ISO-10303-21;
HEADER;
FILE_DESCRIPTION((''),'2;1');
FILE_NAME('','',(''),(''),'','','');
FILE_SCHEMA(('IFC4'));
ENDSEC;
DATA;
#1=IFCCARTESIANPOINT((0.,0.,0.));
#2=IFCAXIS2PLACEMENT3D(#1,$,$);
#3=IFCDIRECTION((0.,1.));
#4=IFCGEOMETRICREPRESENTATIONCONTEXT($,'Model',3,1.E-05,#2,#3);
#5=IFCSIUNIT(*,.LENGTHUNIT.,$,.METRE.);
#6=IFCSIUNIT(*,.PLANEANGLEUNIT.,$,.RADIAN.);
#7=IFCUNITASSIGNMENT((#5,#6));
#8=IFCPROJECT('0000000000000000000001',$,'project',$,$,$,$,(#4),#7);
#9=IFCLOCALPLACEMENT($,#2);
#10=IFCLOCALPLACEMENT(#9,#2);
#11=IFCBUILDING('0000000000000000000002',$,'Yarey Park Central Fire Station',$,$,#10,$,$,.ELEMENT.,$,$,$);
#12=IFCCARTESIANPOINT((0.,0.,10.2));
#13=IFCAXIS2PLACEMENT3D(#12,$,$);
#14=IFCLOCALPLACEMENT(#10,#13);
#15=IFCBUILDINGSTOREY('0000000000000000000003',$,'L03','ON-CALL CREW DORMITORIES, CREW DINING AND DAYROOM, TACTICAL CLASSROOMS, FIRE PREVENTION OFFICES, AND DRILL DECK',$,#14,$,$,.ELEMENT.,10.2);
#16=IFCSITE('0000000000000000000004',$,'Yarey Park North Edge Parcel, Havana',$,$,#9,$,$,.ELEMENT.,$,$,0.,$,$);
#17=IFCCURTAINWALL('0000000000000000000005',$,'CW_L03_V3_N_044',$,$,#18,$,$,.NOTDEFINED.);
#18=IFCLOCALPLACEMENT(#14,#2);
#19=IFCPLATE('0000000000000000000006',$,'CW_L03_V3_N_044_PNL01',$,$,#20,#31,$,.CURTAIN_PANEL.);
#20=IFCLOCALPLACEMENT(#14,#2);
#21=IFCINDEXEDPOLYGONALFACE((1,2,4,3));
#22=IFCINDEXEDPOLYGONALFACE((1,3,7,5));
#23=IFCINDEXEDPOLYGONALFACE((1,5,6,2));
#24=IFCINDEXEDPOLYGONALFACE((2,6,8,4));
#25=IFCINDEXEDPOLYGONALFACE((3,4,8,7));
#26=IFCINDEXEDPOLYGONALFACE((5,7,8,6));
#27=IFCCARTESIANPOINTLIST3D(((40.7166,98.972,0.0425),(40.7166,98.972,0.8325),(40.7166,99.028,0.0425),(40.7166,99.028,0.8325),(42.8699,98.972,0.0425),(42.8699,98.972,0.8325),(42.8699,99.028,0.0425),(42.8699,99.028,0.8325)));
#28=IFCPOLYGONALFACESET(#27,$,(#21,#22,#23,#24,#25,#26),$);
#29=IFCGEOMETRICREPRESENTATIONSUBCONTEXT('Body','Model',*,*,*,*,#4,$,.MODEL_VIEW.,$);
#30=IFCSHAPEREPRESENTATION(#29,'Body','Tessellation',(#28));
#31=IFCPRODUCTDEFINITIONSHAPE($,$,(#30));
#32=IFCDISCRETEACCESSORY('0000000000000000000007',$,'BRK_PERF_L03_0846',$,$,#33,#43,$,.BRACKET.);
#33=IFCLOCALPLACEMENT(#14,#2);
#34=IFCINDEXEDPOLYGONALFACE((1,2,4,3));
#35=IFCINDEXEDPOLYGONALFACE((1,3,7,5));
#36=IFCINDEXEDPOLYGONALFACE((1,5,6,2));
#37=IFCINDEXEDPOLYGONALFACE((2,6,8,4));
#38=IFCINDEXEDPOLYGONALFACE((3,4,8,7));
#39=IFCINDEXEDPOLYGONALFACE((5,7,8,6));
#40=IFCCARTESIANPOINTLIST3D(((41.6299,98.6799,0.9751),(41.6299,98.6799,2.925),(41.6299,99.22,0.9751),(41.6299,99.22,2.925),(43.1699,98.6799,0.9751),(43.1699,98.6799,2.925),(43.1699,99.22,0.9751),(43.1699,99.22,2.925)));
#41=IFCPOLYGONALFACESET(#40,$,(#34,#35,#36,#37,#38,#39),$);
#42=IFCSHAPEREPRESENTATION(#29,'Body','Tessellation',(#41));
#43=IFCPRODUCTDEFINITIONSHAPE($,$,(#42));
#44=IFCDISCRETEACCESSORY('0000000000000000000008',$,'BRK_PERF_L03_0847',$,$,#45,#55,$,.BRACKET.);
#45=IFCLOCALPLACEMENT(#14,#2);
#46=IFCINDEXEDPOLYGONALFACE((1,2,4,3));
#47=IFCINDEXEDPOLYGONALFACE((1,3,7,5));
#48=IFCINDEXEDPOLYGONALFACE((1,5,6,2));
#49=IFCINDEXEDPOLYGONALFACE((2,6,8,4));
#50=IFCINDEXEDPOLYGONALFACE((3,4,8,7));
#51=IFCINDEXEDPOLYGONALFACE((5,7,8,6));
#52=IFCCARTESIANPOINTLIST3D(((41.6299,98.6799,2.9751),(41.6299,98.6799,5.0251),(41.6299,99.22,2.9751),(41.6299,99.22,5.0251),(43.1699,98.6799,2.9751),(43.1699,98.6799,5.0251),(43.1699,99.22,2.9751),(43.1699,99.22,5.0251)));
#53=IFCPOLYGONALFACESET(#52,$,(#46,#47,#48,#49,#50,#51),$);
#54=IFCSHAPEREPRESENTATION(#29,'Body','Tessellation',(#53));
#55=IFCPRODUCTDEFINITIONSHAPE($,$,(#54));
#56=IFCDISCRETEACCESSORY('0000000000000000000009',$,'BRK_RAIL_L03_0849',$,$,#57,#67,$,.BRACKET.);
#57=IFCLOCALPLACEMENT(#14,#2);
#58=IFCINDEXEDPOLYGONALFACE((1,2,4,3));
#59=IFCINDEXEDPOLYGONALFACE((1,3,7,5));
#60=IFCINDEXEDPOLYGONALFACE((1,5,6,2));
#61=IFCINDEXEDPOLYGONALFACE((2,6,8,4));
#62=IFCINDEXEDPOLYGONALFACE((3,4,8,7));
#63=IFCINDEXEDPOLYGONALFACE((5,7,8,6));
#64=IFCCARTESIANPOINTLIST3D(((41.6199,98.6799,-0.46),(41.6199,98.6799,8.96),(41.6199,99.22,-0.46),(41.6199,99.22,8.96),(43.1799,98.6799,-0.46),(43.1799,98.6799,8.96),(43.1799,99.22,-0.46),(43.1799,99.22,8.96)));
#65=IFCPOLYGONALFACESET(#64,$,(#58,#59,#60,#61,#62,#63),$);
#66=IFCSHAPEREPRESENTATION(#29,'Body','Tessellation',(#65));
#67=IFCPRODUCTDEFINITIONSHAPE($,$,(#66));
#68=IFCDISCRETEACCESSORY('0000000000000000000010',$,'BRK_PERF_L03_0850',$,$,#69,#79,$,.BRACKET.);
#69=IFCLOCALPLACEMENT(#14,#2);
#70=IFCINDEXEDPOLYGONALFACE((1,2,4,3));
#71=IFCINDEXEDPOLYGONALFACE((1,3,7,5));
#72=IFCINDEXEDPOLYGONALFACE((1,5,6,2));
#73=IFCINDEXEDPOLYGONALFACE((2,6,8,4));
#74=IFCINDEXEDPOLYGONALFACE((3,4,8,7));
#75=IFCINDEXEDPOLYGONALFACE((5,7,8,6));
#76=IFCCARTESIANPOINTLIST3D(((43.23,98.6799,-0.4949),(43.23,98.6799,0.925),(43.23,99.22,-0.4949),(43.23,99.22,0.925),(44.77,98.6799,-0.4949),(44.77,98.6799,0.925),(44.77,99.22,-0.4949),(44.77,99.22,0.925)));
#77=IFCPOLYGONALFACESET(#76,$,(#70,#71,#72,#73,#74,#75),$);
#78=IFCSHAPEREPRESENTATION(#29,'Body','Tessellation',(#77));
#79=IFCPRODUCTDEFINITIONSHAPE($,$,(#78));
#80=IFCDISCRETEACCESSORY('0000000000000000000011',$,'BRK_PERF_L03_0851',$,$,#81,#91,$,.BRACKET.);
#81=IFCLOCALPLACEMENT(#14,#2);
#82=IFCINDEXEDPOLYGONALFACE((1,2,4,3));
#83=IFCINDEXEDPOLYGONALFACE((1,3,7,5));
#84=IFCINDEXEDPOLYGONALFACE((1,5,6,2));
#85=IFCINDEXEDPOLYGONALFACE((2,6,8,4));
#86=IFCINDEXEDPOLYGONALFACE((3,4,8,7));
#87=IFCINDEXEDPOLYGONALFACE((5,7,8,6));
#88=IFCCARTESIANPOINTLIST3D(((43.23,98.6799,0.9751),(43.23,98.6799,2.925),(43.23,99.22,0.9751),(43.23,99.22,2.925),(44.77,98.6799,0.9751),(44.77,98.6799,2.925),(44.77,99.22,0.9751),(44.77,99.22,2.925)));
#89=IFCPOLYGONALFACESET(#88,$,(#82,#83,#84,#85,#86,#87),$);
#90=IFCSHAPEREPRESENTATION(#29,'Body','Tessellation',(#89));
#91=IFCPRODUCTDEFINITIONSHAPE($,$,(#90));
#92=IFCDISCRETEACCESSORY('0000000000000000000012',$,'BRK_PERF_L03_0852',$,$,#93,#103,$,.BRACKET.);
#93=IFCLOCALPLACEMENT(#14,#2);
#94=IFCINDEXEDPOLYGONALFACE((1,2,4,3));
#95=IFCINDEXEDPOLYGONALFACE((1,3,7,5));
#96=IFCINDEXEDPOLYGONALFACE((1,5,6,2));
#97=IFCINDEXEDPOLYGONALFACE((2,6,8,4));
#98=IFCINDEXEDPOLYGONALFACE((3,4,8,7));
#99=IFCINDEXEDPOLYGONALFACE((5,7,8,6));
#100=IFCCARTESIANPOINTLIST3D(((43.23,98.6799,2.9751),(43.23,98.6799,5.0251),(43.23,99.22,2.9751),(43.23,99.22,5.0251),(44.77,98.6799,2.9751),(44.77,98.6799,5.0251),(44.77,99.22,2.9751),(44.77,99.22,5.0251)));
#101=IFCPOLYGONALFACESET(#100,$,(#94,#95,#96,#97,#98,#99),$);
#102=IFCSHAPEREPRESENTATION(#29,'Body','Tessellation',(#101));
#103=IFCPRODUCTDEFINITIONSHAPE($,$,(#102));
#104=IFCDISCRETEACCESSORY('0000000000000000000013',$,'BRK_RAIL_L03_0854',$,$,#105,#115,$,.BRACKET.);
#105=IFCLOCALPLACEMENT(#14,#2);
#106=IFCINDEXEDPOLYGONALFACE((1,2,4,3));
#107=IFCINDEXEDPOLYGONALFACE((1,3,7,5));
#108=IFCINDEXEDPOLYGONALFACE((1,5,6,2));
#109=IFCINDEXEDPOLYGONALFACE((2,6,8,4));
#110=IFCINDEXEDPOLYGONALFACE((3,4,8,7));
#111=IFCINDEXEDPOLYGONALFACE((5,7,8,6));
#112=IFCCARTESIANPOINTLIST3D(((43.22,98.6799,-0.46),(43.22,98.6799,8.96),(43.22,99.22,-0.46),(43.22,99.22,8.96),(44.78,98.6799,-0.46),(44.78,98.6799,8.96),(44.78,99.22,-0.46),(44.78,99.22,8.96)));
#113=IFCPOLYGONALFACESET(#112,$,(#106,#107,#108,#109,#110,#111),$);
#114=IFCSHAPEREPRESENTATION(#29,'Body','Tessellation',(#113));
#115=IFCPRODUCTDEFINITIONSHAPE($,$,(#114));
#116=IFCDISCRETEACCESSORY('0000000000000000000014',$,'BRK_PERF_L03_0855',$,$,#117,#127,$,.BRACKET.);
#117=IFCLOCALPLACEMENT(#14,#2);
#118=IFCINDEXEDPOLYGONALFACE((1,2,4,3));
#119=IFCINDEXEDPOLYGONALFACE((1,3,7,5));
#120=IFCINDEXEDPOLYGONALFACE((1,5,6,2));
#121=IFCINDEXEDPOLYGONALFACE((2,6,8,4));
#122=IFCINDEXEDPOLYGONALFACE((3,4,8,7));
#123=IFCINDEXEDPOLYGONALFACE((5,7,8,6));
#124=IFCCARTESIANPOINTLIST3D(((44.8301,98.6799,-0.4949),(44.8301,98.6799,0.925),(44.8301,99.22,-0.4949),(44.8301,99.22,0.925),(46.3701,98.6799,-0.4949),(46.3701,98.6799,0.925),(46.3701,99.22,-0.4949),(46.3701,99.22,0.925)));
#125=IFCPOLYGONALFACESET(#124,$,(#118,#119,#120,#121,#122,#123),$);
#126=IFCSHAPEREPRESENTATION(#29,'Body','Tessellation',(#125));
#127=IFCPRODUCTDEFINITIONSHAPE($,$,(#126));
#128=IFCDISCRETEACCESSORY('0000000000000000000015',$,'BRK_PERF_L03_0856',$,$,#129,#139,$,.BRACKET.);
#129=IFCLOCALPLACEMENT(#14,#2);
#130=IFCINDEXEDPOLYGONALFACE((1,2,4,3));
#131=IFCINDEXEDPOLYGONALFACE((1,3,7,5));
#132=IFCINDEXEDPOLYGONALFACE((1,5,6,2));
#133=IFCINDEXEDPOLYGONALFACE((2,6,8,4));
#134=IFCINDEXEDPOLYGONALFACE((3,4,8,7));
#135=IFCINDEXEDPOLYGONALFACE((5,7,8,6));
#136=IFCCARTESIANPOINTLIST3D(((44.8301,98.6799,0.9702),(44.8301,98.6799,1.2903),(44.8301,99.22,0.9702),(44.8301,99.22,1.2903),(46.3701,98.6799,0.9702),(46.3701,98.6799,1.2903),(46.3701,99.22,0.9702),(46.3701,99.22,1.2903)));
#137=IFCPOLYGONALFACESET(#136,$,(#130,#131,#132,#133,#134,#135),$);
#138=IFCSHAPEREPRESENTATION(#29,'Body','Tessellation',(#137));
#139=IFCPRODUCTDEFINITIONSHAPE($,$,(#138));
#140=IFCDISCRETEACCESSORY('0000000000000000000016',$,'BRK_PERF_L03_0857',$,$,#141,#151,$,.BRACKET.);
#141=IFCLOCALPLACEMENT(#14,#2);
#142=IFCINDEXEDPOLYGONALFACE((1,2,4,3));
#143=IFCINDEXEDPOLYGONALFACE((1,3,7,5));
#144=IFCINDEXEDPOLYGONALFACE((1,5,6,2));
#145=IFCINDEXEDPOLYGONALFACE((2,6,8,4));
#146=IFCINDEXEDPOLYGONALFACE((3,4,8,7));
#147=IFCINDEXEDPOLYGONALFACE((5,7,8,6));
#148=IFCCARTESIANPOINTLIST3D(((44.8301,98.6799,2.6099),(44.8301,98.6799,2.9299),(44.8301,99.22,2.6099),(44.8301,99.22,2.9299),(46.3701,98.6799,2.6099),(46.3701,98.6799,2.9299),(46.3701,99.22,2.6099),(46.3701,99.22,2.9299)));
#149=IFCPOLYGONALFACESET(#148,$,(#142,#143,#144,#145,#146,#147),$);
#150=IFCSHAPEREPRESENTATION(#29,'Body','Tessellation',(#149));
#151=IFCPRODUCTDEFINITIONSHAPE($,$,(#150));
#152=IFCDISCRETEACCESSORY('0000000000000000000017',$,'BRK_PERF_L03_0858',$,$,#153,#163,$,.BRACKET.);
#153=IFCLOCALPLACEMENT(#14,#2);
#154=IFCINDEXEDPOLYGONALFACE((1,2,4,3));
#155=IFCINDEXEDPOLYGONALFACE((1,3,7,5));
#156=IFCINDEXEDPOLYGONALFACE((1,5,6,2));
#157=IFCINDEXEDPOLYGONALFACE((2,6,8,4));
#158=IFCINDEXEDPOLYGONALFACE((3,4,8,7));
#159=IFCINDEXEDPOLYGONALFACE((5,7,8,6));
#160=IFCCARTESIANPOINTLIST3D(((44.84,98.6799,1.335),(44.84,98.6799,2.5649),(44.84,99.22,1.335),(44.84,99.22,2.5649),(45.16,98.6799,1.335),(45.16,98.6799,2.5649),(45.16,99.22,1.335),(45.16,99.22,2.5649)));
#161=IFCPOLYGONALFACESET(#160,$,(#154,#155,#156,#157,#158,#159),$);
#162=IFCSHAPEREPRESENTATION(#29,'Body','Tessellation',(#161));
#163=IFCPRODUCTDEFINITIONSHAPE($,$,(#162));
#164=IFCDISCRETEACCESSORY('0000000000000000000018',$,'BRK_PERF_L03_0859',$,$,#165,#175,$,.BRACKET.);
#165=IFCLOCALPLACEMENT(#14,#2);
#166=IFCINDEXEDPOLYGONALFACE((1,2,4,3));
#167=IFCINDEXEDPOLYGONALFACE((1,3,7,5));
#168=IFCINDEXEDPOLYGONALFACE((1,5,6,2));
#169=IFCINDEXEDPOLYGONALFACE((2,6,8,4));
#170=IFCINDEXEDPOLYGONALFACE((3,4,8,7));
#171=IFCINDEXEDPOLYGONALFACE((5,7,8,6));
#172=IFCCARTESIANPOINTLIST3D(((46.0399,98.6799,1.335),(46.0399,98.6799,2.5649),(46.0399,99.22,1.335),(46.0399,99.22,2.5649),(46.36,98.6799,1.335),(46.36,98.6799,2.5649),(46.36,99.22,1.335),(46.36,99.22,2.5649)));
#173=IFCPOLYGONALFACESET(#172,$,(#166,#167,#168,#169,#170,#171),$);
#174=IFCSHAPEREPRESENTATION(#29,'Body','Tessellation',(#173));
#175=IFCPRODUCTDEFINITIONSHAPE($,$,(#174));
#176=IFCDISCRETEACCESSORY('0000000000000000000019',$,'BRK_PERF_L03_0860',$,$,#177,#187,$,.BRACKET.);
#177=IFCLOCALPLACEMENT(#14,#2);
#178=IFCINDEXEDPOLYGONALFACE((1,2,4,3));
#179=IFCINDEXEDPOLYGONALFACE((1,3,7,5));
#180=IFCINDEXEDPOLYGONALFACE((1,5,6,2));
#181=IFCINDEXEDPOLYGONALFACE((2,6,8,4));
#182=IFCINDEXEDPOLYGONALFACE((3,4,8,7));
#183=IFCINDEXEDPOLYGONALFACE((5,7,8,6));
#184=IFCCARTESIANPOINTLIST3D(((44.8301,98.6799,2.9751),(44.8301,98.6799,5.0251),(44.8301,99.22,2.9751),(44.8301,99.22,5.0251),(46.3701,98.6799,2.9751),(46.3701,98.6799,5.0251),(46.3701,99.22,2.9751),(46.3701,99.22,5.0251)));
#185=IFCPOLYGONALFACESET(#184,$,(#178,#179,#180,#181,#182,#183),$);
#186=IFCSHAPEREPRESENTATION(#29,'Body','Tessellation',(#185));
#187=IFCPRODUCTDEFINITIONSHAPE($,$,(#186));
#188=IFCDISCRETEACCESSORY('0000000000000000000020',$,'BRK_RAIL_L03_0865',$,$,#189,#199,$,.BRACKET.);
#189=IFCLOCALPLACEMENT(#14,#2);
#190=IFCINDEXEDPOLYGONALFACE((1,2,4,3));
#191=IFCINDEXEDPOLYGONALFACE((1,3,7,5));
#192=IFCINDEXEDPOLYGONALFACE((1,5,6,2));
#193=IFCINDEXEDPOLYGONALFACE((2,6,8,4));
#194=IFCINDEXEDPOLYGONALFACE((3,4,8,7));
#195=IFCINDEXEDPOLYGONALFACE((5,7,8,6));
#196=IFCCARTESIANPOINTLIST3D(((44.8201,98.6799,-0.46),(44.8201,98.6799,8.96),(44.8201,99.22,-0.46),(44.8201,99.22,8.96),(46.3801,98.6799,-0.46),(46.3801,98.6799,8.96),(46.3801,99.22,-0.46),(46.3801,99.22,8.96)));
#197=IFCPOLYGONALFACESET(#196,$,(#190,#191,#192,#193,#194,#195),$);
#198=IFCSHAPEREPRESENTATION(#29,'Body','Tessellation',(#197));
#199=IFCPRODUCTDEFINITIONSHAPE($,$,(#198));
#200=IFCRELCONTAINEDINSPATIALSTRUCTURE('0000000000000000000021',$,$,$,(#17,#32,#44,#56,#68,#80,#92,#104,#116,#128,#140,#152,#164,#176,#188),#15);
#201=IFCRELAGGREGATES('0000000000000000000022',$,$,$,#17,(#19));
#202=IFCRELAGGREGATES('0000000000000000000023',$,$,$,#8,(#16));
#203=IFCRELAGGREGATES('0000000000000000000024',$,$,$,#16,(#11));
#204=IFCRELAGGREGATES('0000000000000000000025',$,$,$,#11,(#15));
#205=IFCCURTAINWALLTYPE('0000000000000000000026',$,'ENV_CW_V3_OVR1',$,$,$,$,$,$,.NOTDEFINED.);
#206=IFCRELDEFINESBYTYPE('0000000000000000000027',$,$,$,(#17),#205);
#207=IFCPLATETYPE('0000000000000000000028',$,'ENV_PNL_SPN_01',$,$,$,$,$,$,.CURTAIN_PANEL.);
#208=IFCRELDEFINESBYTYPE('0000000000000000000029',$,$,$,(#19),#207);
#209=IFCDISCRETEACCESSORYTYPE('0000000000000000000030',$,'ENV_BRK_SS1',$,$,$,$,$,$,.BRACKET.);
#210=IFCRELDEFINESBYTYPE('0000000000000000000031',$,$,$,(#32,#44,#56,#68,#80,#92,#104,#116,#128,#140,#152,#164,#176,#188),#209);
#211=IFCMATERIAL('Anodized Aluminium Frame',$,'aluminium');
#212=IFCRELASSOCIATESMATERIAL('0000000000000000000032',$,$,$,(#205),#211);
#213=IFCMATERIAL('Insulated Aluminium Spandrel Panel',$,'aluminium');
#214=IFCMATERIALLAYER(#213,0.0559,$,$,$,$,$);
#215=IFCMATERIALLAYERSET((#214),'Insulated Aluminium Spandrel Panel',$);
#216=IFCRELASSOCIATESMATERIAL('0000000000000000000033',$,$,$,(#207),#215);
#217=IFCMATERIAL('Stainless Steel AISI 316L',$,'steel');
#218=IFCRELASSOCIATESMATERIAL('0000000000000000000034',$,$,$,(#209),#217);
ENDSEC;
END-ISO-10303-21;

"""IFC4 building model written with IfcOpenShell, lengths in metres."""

from ifc_helpers import new_model, si_unit, direction, frame, origin, origin_2d, place, context, subcontext, project, spatial, rectangle, extrude, material, layer, layer_set, type_object, element, aggregate, save


model = new_model("IFC4")

# Units and contexts
model_context = context("Model", 3, precision=1e-05, world=origin(), true_north=direction((0.0, 1.0)))
body_context = subcontext(model_context, "Body", "Model", "MODEL_VIEW")
ifc_project = project(units=[si_unit("LENGTHUNIT", "METRE"), si_unit("PLANEANGLEUNIT", "RADIAN")], contexts=[model_context])

# Site, building, storey
site_placement = place(None, origin())
site = spatial("IfcSite", under=ifc_project, at=site_placement, Name="Yarey Park North Edge Parcel, Havana", CompositionType="ELEMENT", RefElevation=0.0)
building_placement = place(site_placement, origin())
building = spatial("IfcBuilding", under=site, at=building_placement, Name="Yarey Park Central Fire Station", CompositionType="ELEMENT")
storey_placement = place(building_placement, frame((0.0, 0.0, 10.2)))
storey = spatial("IfcBuildingStorey", under=building, at=storey_placement, Name="L03", Description="ON-CALL CREW DORMITORIES, CREW DINING AND DAYROOM, TACTICAL CLASSROOMS, FIRE PREVENTION OFFICES, AND DRILL DECK", CompositionType="ELEMENT", Elevation=10.2)

# Curtain wall, plate
ifc_material_1 = material(Name="Anodized Aluminium Frame", Category="aluminium")
curtain_wall_type = type_object("IfcCurtainWallType", Name="ENV_CW_V3_OVR1", PredefinedType="NOTDEFINED", material=ifc_material_1)
curtain_wall_placement = place(storey_placement, origin())
curtain_wall = element("IfcCurtainWall", 1, at=curtain_wall_placement, inside=storey, type_object=curtain_wall_type, Name="CW_L03_V3_N_044", PredefinedType="NOTDEFINED")
ifc_material_2 = material(Name="Insulated Aluminium Spandrel Panel", Category="aluminium")
ifc_layer = layer(ifc_material_2, 0.0559)
ifc_layer_set = layer_set([ifc_layer], Name="Insulated Aluminium Spandrel Panel")
plate_type = type_object("IfcPlateType", Name="ENV_PNL_SPN_01", PredefinedType="CURTAIN_PANEL", material=ifc_layer_set)
plate_placement = place(storey_placement, frame((41.7932, 99.0, 0.0425), z_axis=(0.0, 0.0, 1.0), x_axis=(-1.0, 0.0, 0.0)))
plate = element("IfcPlate", 2, at=plate_placement, type_object=plate_type, Name="CW_L03_V3_N_044_PNL01", PredefinedType="CURTAIN_PANEL", context=body_context, shape_type="SweptSolid", body=[
    extrude(rectangle(XDim=2.1533, YDim=0.0559, at=origin_2d()), origin(), (0.0, 0.0, 1.0), 0.79),
])
aggregate(curtain_wall, [plate])

# Discrete accessories
ifc_material_3 = material(Name="Stainless Steel AISI 316L", Category="steel")
discrete_accessory_type = type_object("IfcDiscreteAccessoryType", Name="ENV_BRK_SS1", PredefinedType="BRACKET", material=ifc_material_3)
discrete_accessory_1_placement = place(storey_placement, frame((42.3999, 98.95, 0.9751), z_axis=(0.0, 0.0, 1.0), x_axis=(1.0, 0.0, 0.0)))
element("IfcDiscreteAccessory", 3, at=discrete_accessory_1_placement, inside=storey, type_object=discrete_accessory_type, Name="BRK_PERF_L03_0846", PredefinedType="BRACKET", context=body_context, shape_type="SweptSolid", body=[
    extrude(rectangle(XDim=1.54, YDim=0.54, at=origin_2d()), origin(), (0.0, 0.0, 1.0), 1.95),
])
discrete_accessory_2_placement = place(storey_placement, frame((42.3999, 98.95, 2.9751), z_axis=(0.0, 0.0, 1.0), x_axis=(1.0, 0.0, 0.0)))
element("IfcDiscreteAccessory", 4, at=discrete_accessory_2_placement, inside=storey, type_object=discrete_accessory_type, Name="BRK_PERF_L03_0847", PredefinedType="BRACKET", context=body_context, shape_type="SweptSolid", body=[
    extrude(rectangle(XDim=1.54, YDim=0.54, at=origin_2d()), origin(), (0.0, 0.0, 1.0), 2.05),
])
discrete_accessory_3_placement = place(storey_placement, frame((42.3999, 98.95, -0.46), z_axis=(0.0, 0.0, 1.0), x_axis=(1.0, 0.0, 0.0)))
element("IfcDiscreteAccessory", 5, at=discrete_accessory_3_placement, inside=storey, type_object=discrete_accessory_type, Name="BRK_RAIL_L03_0849", PredefinedType="BRACKET", context=body_context, shape_type="SweptSolid", body=[
    extrude(rectangle(XDim=1.5601, YDim=0.54, at=origin_2d()), origin(), (0.0, 0.0, 1.0), 9.4199),
])
discrete_accessory_4_placement = place(storey_placement, frame((44.0, 98.95, -0.4949), z_axis=(0.0, 0.0, 1.0), x_axis=(1.0, 0.0, 0.0)))
element("IfcDiscreteAccessory", 6, at=discrete_accessory_4_placement, inside=storey, type_object=discrete_accessory_type, Name="BRK_PERF_L03_0850", PredefinedType="BRACKET", context=body_context, shape_type="SweptSolid", body=[
    extrude(rectangle(XDim=1.54, YDim=0.54, at=origin_2d()), origin(), (0.0, 0.0, 1.0), 1.4199),
])
discrete_accessory_5_placement = place(storey_placement, frame((44.0, 98.95, 0.9751), z_axis=(0.0, 0.0, 1.0), x_axis=(1.0, 0.0, 0.0)))
element("IfcDiscreteAccessory", 7, at=discrete_accessory_5_placement, inside=storey, type_object=discrete_accessory_type, Name="BRK_PERF_L03_0851", PredefinedType="BRACKET", context=body_context, shape_type="SweptSolid", body=[
    extrude(rectangle(XDim=1.54, YDim=0.54, at=origin_2d()), origin(), (0.0, 0.0, 1.0), 1.95),
])
discrete_accessory_6_placement = place(storey_placement, frame((44.0, 98.95, 2.9751), z_axis=(0.0, 0.0, 1.0), x_axis=(1.0, 0.0, 0.0)))
element("IfcDiscreteAccessory", 8, at=discrete_accessory_6_placement, inside=storey, type_object=discrete_accessory_type, Name="BRK_PERF_L03_0852", PredefinedType="BRACKET", context=body_context, shape_type="SweptSolid", body=[
    extrude(rectangle(XDim=1.54, YDim=0.54, at=origin_2d()), origin(), (0.0, 0.0, 1.0), 2.05),
])
discrete_accessory_7_placement = place(storey_placement, frame((44.0, 98.95, -0.46), z_axis=(0.0, 0.0, 1.0), x_axis=(1.0, 0.0, 0.0)))
element("IfcDiscreteAccessory", 9, at=discrete_accessory_7_placement, inside=storey, type_object=discrete_accessory_type, Name="BRK_RAIL_L03_0854", PredefinedType="BRACKET", context=body_context, shape_type="SweptSolid", body=[
    extrude(rectangle(XDim=1.5601, YDim=0.54, at=origin_2d()), origin(), (0.0, 0.0, 1.0), 9.4199),
])
discrete_accessory_8_placement = place(storey_placement, frame((45.6001, 98.95, -0.4949), z_axis=(0.0, 0.0, 1.0), x_axis=(1.0, 0.0, 0.0)))
element("IfcDiscreteAccessory", 10, at=discrete_accessory_8_placement, inside=storey, type_object=discrete_accessory_type, Name="BRK_PERF_L03_0855", PredefinedType="BRACKET", context=body_context, shape_type="SweptSolid", body=[
    extrude(rectangle(XDim=1.54, YDim=0.54, at=origin_2d()), origin(), (0.0, 0.0, 1.0), 1.4199),
])
for number, where, z_axis, x_axis, name in (
    (11, (45.6001, 98.95, 0.9702), (0.0, 0.0, 1.0), (1.0, 0.0, 0.0), "BRK_PERF_L03_0856"),
    (12, (45.6001, 98.95, 2.6099), (0.0, 0.0, 1.0), (1.0, 0.0, 0.0), "BRK_PERF_L03_0857"),
):
    element("IfcDiscreteAccessory", number, at=place(storey_placement, frame(where, z_axis=z_axis, x_axis=x_axis)), inside=storey, type_object=discrete_accessory_type, Name=name, PredefinedType="BRACKET", context=body_context, shape_type="SweptSolid", body=[
        extrude(rectangle(XDim=1.54, YDim=0.54, at=origin_2d()), origin(), (0.0, 0.0, 1.0), 0.3201),
    ])
for number, where, z_axis, x_axis, name in (
    (13, (45.0, 98.95, 1.335), (0.0, 0.0, 1.0), (1.0, 0.0, 0.0), "BRK_PERF_L03_0858"),
    (14, (46.2, 98.95, 1.335), (0.0, 0.0, 1.0), (1.0, 0.0, 0.0), "BRK_PERF_L03_0859"),
):
    element("IfcDiscreteAccessory", number, at=place(storey_placement, frame(where, z_axis=z_axis, x_axis=x_axis)), inside=storey, type_object=discrete_accessory_type, Name=name, PredefinedType="BRACKET", context=body_context, shape_type="SweptSolid", body=[
        extrude(rectangle(XDim=0.3201, YDim=0.54, at=origin_2d()), origin(), (0.0, 0.0, 1.0), 1.23),
    ])
discrete_accessory_9_placement = place(storey_placement, frame((45.6001, 98.95, 2.9751), z_axis=(0.0, 0.0, 1.0), x_axis=(1.0, 0.0, 0.0)))
element("IfcDiscreteAccessory", 15, at=discrete_accessory_9_placement, inside=storey, type_object=discrete_accessory_type, Name="BRK_PERF_L03_0860", PredefinedType="BRACKET", context=body_context, shape_type="SweptSolid", body=[
    extrude(rectangle(XDim=1.54, YDim=0.54, at=origin_2d()), origin(), (0.0, 0.0, 1.0), 2.05),
])
discrete_accessory_10_placement = place(storey_placement, frame((45.6001, 98.95, -0.46), z_axis=(0.0, 0.0, 1.0), x_axis=(1.0, 0.0, 0.0)))
element("IfcDiscreteAccessory", 16, at=discrete_accessory_10_placement, inside=storey, type_object=discrete_accessory_type, Name="BRK_RAIL_L03_0865", PredefinedType="BRACKET", context=body_context, shape_type="SweptSolid", body=[
    extrude(rectangle(XDim=1.5601, YDim=0.54, at=origin_2d()), origin(), (0.0, 0.0, 1.0), 9.4199),
])

save(model, "model.ifc")
